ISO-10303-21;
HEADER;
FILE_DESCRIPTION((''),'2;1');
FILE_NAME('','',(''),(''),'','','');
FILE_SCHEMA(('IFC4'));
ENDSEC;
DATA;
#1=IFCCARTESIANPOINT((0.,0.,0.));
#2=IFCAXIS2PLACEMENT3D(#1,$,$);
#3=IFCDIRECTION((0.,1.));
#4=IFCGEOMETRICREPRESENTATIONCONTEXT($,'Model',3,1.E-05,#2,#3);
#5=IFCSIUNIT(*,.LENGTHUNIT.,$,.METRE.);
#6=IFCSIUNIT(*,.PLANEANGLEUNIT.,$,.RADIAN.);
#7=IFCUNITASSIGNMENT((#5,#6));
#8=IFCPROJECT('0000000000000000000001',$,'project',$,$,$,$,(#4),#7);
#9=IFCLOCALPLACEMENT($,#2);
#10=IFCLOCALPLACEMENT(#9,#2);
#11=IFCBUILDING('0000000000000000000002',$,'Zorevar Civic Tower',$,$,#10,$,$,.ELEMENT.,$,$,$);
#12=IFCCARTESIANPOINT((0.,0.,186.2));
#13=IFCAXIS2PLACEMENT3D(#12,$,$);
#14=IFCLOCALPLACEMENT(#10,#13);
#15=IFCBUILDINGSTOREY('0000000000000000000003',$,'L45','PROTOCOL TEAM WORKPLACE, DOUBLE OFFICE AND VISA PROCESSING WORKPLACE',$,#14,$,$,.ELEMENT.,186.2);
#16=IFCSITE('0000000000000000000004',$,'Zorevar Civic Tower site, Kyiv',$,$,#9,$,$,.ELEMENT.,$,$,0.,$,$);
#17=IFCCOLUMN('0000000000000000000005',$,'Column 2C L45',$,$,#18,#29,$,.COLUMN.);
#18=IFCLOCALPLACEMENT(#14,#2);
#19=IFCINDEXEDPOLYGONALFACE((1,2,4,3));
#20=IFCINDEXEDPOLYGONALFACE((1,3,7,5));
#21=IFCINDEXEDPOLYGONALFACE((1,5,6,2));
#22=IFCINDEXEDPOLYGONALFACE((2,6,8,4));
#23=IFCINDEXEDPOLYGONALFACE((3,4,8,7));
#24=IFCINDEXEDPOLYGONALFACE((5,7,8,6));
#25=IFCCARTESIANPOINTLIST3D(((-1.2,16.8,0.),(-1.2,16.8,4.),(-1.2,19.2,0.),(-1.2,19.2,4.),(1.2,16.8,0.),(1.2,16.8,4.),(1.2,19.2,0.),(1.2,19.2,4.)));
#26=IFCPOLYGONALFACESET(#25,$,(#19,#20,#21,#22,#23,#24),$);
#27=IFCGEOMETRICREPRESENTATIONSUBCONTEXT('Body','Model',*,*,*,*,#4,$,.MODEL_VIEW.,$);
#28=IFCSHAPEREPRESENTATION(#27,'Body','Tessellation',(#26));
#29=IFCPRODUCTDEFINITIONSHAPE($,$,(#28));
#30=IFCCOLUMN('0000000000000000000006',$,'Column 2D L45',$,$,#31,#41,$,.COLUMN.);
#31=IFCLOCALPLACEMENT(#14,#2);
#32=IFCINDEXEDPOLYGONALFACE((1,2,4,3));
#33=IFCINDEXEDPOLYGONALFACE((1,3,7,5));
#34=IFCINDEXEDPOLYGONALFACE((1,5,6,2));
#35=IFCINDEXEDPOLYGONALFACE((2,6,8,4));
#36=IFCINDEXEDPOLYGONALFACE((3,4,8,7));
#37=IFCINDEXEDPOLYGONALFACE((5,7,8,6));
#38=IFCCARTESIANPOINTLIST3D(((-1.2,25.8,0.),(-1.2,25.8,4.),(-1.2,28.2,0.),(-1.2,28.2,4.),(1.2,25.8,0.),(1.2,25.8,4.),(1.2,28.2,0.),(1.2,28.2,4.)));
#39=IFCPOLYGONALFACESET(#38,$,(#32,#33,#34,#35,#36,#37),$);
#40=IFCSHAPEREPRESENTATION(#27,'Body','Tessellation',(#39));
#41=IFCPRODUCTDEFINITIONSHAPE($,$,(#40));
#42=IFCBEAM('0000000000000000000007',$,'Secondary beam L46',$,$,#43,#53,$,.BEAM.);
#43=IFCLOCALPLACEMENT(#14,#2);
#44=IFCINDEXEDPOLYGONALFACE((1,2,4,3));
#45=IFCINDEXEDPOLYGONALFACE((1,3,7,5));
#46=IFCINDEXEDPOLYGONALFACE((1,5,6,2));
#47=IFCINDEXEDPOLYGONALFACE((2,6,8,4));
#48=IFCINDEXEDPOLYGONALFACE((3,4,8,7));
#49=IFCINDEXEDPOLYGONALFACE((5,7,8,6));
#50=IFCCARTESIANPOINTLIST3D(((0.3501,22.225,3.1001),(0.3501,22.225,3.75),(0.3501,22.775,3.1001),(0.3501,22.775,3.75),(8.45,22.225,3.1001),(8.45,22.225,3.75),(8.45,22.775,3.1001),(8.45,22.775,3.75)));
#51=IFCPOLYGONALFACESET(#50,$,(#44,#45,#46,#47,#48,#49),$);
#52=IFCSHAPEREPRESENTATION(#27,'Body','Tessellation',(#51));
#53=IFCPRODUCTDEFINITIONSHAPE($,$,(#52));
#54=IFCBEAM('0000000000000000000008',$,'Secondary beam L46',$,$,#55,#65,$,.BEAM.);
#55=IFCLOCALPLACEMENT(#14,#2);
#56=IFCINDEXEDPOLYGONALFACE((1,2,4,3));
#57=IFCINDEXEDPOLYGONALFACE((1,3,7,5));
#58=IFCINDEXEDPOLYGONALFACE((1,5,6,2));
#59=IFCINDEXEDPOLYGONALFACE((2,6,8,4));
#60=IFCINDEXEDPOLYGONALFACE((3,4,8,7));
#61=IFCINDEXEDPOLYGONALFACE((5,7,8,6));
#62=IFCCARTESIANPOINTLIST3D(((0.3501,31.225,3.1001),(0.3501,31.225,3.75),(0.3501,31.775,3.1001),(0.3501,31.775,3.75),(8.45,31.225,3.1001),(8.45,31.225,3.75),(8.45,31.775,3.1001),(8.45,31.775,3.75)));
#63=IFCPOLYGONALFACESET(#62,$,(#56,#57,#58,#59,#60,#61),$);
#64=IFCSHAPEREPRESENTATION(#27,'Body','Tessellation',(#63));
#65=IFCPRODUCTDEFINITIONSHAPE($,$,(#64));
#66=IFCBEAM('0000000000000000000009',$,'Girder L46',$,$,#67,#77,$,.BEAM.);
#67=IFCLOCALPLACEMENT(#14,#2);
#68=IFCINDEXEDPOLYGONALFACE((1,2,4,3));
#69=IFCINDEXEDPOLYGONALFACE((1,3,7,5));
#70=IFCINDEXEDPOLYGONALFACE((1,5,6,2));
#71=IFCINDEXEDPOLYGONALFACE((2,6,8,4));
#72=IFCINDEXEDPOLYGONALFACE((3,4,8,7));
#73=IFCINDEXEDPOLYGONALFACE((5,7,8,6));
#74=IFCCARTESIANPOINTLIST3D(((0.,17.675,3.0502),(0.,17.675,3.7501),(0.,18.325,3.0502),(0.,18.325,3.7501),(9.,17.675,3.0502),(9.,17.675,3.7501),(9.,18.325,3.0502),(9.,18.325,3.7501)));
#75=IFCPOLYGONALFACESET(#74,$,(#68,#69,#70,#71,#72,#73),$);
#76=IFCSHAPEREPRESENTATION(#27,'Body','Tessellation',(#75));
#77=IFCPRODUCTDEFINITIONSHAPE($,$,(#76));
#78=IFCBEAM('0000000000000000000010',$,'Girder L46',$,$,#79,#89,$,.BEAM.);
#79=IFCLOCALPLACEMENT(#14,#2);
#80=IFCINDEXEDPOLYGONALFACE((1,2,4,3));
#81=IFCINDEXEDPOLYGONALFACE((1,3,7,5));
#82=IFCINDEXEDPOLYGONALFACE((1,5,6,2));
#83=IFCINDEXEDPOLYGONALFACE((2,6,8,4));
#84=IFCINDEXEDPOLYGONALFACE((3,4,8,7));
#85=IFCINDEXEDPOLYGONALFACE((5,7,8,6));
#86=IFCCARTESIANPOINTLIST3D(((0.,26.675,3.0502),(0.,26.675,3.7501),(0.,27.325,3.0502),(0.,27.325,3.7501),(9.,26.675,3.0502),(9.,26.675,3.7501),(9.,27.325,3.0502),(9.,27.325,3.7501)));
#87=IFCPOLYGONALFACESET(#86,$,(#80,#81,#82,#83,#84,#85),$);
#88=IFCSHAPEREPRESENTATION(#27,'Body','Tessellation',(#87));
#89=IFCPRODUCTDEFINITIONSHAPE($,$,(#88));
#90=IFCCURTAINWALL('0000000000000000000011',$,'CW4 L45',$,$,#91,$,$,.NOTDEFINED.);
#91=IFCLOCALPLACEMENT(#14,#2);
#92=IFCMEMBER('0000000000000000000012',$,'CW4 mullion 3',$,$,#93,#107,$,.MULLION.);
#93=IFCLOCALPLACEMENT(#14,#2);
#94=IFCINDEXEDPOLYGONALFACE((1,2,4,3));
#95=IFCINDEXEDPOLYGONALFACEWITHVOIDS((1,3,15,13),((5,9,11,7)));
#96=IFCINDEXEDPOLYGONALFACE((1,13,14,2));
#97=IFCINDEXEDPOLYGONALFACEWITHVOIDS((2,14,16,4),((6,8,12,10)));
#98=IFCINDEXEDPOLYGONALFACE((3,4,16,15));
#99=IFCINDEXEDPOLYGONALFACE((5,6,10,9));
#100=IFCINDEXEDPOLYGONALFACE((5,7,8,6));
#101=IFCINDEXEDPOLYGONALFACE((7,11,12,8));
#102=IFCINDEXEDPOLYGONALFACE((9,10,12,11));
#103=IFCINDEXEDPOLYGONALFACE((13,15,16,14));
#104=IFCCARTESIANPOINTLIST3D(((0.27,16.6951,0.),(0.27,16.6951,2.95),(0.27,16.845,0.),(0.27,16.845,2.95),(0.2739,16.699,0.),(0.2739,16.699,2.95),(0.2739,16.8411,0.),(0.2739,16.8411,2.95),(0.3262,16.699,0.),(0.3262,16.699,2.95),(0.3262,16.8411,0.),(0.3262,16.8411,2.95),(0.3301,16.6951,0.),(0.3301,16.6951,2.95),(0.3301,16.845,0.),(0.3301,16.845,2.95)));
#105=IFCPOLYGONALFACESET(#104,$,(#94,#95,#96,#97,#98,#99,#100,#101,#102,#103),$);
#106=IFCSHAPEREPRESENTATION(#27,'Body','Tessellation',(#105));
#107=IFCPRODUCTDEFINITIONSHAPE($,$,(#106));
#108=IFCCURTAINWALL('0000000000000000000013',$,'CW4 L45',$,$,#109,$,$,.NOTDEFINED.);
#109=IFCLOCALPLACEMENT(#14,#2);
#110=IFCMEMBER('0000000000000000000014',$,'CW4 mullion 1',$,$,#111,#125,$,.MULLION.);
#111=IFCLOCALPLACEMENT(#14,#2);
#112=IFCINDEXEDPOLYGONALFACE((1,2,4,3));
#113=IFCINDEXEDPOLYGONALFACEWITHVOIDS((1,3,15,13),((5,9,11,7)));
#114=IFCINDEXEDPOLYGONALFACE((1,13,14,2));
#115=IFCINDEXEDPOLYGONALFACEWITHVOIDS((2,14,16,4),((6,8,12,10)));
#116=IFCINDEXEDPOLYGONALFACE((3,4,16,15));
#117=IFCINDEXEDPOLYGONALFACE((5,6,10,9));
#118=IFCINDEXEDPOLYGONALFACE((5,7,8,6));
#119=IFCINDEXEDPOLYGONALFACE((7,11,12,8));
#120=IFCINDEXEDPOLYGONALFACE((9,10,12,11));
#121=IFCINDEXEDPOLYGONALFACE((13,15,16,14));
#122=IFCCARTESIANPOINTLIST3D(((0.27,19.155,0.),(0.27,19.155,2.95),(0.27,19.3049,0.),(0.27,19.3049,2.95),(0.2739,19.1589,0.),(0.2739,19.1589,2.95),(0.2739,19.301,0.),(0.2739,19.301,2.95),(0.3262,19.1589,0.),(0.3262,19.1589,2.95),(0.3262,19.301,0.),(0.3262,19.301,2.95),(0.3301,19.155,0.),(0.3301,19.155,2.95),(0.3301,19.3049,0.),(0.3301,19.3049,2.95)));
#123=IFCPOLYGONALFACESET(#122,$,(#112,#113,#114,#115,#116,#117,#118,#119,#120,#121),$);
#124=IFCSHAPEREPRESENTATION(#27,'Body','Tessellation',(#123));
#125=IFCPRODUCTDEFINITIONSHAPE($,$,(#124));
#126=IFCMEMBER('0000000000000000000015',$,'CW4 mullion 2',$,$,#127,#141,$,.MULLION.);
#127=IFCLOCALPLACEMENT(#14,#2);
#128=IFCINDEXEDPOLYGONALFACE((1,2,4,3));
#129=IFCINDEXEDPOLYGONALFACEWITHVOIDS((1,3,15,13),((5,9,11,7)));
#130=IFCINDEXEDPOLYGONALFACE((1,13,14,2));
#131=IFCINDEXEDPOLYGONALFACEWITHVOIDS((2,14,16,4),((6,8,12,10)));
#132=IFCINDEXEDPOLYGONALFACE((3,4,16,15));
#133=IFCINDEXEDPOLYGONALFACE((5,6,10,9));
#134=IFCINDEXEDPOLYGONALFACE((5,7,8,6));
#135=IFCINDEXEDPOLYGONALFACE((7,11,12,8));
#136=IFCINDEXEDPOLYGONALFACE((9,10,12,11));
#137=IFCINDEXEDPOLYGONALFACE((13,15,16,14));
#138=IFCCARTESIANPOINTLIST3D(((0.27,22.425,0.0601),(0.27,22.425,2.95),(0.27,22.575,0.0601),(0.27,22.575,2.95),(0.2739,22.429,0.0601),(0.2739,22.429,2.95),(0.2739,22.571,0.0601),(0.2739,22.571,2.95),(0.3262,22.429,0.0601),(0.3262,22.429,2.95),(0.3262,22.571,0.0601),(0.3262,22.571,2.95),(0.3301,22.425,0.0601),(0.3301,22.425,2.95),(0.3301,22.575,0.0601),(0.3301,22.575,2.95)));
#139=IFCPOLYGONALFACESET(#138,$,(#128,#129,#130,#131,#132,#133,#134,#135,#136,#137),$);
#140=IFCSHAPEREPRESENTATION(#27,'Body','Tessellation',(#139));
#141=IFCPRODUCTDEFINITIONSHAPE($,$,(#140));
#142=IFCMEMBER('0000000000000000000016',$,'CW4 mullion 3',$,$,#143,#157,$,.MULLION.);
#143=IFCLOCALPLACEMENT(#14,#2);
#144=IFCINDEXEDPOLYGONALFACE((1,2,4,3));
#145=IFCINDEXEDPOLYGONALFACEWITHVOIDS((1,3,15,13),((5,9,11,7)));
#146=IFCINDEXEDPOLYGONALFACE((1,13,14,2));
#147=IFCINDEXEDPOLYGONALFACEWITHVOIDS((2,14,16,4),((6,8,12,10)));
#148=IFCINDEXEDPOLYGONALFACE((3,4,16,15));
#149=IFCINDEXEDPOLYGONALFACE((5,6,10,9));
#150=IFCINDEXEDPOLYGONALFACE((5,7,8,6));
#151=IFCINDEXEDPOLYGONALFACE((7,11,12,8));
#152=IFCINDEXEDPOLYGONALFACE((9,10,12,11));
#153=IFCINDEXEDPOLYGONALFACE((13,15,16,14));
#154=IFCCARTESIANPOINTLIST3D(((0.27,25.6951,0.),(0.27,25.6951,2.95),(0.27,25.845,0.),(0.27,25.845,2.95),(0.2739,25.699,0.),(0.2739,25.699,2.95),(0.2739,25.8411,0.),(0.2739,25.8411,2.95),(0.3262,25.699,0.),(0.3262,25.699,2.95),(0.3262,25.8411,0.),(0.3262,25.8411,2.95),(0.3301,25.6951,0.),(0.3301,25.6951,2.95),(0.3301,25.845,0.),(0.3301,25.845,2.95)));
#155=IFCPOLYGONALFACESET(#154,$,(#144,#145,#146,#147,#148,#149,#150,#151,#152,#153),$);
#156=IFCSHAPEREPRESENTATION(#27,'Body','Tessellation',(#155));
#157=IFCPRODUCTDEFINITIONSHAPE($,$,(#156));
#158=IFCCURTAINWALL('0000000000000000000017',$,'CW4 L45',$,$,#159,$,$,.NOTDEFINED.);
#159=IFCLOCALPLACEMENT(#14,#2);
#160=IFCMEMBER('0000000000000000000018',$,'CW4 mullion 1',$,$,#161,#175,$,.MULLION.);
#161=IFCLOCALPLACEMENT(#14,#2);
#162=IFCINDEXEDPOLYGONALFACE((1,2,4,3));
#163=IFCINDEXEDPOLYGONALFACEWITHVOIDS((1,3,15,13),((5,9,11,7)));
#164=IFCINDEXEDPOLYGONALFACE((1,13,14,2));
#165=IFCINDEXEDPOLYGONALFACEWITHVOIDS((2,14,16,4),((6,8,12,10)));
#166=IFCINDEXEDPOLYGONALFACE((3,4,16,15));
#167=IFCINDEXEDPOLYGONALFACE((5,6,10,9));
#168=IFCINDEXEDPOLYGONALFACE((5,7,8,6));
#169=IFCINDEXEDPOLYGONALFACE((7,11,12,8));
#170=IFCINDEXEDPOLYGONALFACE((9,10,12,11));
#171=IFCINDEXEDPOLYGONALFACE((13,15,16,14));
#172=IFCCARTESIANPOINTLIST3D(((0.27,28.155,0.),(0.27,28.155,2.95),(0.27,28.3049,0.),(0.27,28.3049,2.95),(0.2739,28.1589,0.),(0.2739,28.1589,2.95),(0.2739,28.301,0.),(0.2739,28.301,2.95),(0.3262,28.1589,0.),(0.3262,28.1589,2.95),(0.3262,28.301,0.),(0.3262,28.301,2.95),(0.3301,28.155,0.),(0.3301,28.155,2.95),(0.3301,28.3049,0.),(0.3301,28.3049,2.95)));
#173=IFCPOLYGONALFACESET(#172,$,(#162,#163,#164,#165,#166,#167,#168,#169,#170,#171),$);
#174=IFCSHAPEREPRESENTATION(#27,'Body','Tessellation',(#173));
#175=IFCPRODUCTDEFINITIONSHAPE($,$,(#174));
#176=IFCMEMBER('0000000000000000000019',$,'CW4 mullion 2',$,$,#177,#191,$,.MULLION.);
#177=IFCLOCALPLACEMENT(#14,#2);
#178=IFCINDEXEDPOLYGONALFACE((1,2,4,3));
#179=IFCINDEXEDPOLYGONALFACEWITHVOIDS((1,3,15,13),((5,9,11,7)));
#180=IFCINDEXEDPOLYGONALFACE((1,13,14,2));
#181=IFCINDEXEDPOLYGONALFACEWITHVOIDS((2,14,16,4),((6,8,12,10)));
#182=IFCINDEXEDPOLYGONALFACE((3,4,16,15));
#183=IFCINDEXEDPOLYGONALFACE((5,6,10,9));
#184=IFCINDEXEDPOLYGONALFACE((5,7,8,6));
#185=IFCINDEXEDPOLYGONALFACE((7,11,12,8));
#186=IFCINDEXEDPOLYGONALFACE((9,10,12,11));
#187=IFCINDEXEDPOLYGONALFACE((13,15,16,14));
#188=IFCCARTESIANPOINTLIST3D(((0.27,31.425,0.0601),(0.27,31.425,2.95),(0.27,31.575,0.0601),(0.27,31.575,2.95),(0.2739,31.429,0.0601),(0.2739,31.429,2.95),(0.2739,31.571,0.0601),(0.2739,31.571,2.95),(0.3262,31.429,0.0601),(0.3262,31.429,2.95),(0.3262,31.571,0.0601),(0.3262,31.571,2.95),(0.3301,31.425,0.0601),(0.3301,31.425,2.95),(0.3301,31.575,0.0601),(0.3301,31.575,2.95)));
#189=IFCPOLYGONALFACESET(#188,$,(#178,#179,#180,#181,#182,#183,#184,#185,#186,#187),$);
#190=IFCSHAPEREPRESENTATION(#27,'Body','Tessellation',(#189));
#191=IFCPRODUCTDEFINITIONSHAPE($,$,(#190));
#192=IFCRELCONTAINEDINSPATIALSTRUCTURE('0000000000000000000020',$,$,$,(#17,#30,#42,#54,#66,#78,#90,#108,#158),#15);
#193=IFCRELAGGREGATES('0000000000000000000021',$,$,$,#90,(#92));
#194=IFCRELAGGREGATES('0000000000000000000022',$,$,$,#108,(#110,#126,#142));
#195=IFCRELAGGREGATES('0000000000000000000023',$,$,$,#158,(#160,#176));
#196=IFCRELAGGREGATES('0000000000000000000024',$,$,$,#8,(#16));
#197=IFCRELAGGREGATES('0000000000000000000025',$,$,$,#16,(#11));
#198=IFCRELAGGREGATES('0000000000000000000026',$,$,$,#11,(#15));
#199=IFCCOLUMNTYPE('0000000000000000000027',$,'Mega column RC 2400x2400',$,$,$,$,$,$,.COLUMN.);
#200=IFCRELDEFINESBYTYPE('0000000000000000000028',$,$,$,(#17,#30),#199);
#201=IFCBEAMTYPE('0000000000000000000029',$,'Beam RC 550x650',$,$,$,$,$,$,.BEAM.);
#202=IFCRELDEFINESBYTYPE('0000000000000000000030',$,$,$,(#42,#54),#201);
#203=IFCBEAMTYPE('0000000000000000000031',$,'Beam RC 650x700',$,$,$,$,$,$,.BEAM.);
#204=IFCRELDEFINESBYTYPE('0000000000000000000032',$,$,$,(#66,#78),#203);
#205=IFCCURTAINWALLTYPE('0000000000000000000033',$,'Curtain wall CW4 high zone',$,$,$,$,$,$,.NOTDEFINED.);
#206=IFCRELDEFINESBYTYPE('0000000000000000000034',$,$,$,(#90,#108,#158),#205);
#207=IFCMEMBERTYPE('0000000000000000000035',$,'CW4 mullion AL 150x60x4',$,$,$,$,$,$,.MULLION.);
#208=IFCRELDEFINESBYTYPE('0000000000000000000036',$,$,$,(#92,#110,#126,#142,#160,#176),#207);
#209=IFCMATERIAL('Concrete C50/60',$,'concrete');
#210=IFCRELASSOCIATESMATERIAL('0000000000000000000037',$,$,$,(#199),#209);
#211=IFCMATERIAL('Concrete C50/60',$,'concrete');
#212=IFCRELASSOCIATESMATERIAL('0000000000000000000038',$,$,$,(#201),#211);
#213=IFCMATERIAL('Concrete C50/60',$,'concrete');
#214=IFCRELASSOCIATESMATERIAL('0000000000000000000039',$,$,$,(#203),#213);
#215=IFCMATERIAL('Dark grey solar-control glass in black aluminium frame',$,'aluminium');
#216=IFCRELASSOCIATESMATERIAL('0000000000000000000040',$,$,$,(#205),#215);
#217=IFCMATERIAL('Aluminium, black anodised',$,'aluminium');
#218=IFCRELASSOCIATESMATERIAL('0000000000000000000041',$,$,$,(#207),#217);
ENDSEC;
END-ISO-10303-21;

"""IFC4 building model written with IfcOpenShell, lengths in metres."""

from ifc_helpers import new_model, si_unit, direction, frame, origin, origin_2d, place, context, subcontext, project, spatial, rectangle, hollow_rectangle, extrude, material, material_profile, profile_set, type_object, element, aggregate, save


model = new_model("IFC4")

# Units and contexts
model_context = context("Model", 3, precision=1e-05, world=origin(), true_north=direction((0.0, 1.0)))
body_context = subcontext(model_context, "Body", "Model", "MODEL_VIEW")
ifc_project = project(units=[si_unit("LENGTHUNIT", "METRE"), si_unit("PLANEANGLEUNIT", "RADIAN")], contexts=[model_context])

# Site, building, storey
site_placement = place(None, origin())
site = spatial("IfcSite", under=ifc_project, at=site_placement, Name="Zorevar Civic Tower site, Kyiv", CompositionType="ELEMENT", RefElevation=0.0)
building_placement = place(site_placement, origin())
building = spatial("IfcBuilding", under=site, at=building_placement, Name="Zorevar Civic Tower", CompositionType="ELEMENT")
storey_placement = place(building_placement, frame((0.0, 0.0, 186.2)))
storey = spatial("IfcBuildingStorey", under=building, at=storey_placement, Name="L45", Description="PROTOCOL TEAM WORKPLACE, DOUBLE OFFICE AND VISA PROCESSING WORKPLACE", CompositionType="ELEMENT", Elevation=186.2)

# Columns
ifc_material_1 = material(Name="Concrete C50/60", Category="concrete")
ifc_material_profile_1 = material_profile(ifc_material_1, rectangle(XDim=2.3999, YDim=2.3999, at=origin_2d()), Name="RC 2400x2400")
ifc_profile_set_1 = profile_set([ifc_material_profile_1], Name="Concrete C50/60")
column_type = type_object("IfcColumnType", Name="Mega column RC 2400x2400", PredefinedType="COLUMN", material=ifc_profile_set_1)
for number, where, z_axis, x_axis, name in (
    (1, (0.0, 18.0, 0.0), (0.0, 0.0, 1.0), (1.0, 0.0, 0.0), "Column 2C L45"),
    (2, (0.0, 27.0, 0.0), (0.0, 0.0, 1.0), (1.0, 0.0, 0.0), "Column 2D L45"),
):
    element("IfcColumn", number, at=place(storey_placement, frame(where, z_axis=z_axis, x_axis=x_axis)), inside=storey, type_object=column_type, Name=name, PredefinedType="COLUMN", context=body_context, shape_type="SweptSolid", body=[
        extrude(rectangle(XDim=2.3999, YDim=2.3999, at=origin_2d()), origin(), (0.0, 0.0, 1.0), 4.0),
    ])

# Beams
ifc_material_2 = material(Name="Concrete C50/60", Category="concrete")
ifc_material_profile_2 = material_profile(ifc_material_2, rectangle(XDim=0.55, YDim=0.6499, at=origin_2d()), Name="RC 550x650")
ifc_profile_set_2 = profile_set([ifc_material_profile_2], Name="Concrete C50/60")
beam_type_1 = type_object("IfcBeamType", Name="Beam RC 550x650", PredefinedType="BEAM", material=ifc_profile_set_2)
for number, where, z_axis, x_axis, name in (
    (3, (0.3501, 22.5, 3.425), (1.0, 0.0, 0.0), (0.0, 1.0, 0.0), "Secondary beam L46"),
    (4, (0.3501, 31.5, 3.425), (1.0, 0.0, 0.0), (0.0, 1.0, 0.0), "Secondary beam L46"),
):
    element("IfcBeam", number, at=place(storey_placement, frame(where, z_axis=z_axis, x_axis=x_axis)), inside=storey, type_object=beam_type_1, Name=name, PredefinedType="BEAM", context=body_context, shape_type="SweptSolid", body=[
        extrude(rectangle(XDim=0.55, YDim=0.6499, at=origin_2d()), origin(), (0.0, 0.0, 1.0), 8.0999),
    ])
ifc_material_3 = material(Name="Concrete C50/60", Category="concrete")
ifc_material_profile_3 = material_profile(ifc_material_3, rectangle(XDim=0.6499, YDim=0.7, at=origin_2d()), Name="RC 650x700")
ifc_profile_set_3 = profile_set([ifc_material_profile_3], Name="Concrete C50/60")
beam_type_2 = type_object("IfcBeamType", Name="Beam RC 650x700", PredefinedType="BEAM", material=ifc_profile_set_3)
for number, where, z_axis, x_axis, name in (
    (5, (0.0, 18.0, 3.4001), (1.0, 0.0, 0.0), (0.0, 1.0, 0.0), "Girder L46"),
    (6, (0.0, 27.0, 3.4001), (1.0, 0.0, 0.0), (0.0, 1.0, 0.0), "Girder L46"),
):
    element("IfcBeam", number, at=place(storey_placement, frame(where, z_axis=z_axis, x_axis=x_axis)), inside=storey, type_object=beam_type_2, Name=name, PredefinedType="BEAM", context=body_context, shape_type="SweptSolid", body=[
        extrude(rectangle(XDim=0.6499, YDim=0.7, at=origin_2d()), origin(), (0.0, 0.0, 1.0), 9.0),
    ])

# Curtain wall, member
ifc_material_4 = material(Name="Dark grey solar-control glass in black aluminium frame", Category="aluminium")
curtain_wall_type = type_object("IfcCurtainWallType", Name="Curtain wall CW4 high zone", PredefinedType="NOTDEFINED", material=ifc_material_4)
curtain_wall_1_placement = place(storey_placement, origin())
curtain_wall_1 = element("IfcCurtainWall", 7, at=curtain_wall_1_placement, inside=storey, type_object=curtain_wall_type, Name="CW4 L45", PredefinedType="NOTDEFINED")
ifc_material_5 = material(Name="Aluminium, black anodised", Category="aluminium")
ifc_material_profile_4 = material_profile(ifc_material_5, hollow_rectangle(XDim=0.0601, YDim=0.1499, WallThickness=0.0039, at=origin_2d()), Name="AL 150x60x4")
ifc_profile_set_4 = profile_set([ifc_material_profile_4], Name="Aluminium, black anodised")
member_type_1 = type_object("IfcMemberType", Name="CW4 mullion AL 150x60x4", PredefinedType="MULLION", material=ifc_profile_set_4)
member_1_placement = place(storey_placement, frame((0.3, 16.77, 0.0), z_axis=(0.0, 0.0, 1.0), x_axis=(-1.0, 0.0, 0.0)))
member_1 = element("IfcMember", 8, at=member_1_placement, type_object=member_type_1, Name="CW4 mullion 3", PredefinedType="MULLION", context=body_context, shape_type="SweptSolid", body=[
    extrude(hollow_rectangle(XDim=0.0601, YDim=0.1499, WallThickness=0.0039, at=origin_2d()), origin(), (0.0, 0.0, 1.0), 2.95),
])
aggregate(curtain_wall_1, [member_1])

# Curtain walls, members
curtain_wall_2_placement = place(storey_placement, origin())
curtain_wall_2 = element("IfcCurtainWall", 9, at=curtain_wall_2_placement, inside=storey, type_object=curtain_wall_type, Name="CW4 L45", PredefinedType="NOTDEFINED")
member_2_placement = place(storey_placement, frame((0.3, 19.23, 0.0), z_axis=(0.0, 0.0, 1.0), x_axis=(-1.0, 0.0, 0.0)))
member_2 = element("IfcMember", 10, at=member_2_placement, type_object=member_type_1, Name="CW4 mullion 1", PredefinedType="MULLION", context=body_context, shape_type="SweptSolid", body=[
    extrude(hollow_rectangle(XDim=0.0601, YDim=0.1499, WallThickness=0.0039, at=origin_2d()), origin(), (0.0, 0.0, 1.0), 2.95),
])
member_3_placement = place(storey_placement, frame((0.3, 22.5, 0.0601), z_axis=(0.0, 0.0, 1.0), x_axis=(-1.0, 0.0, 0.0)))
member_3 = element("IfcMember", 11, at=member_3_placement, type_object=member_type_1, Name="CW4 mullion 2", PredefinedType="MULLION", context=body_context, shape_type="SweptSolid", body=[
    extrude(hollow_rectangle(XDim=0.0601, YDim=0.1499, WallThickness=0.0039, at=origin_2d()), origin(), (0.0, 0.0, 1.0), 2.8899),
])
member_4_placement = place(storey_placement, frame((0.3, 25.77, 0.0), z_axis=(0.0, 0.0, 1.0), x_axis=(-1.0, 0.0, 0.0)))
member_4 = element("IfcMember", 12, at=member_4_placement, type_object=member_type_1, Name="CW4 mullion 3", PredefinedType="MULLION", context=body_context, shape_type="SweptSolid", body=[
    extrude(hollow_rectangle(XDim=0.0601, YDim=0.1499, WallThickness=0.0039, at=origin_2d()), origin(), (0.0, 0.0, 1.0), 2.95),
])
curtain_wall_3_placement = place(storey_placement, origin())
curtain_wall_3 = element("IfcCurtainWall", 13, at=curtain_wall_3_placement, inside=storey, type_object=curtain_wall_type, Name="CW4 L45", PredefinedType="NOTDEFINED")
member_5_placement = place(storey_placement, frame((0.3, 28.23, 0.0), z_axis=(0.0, 0.0, 1.0), x_axis=(-1.0, 0.0, 0.0)))
member_5 = element("IfcMember", 14, at=member_5_placement, type_object=member_type_1, Name="CW4 mullion 1", PredefinedType="MULLION", context=body_context, shape_type="SweptSolid", body=[
    extrude(hollow_rectangle(XDim=0.0601, YDim=0.1499, WallThickness=0.0039, at=origin_2d()), origin(), (0.0, 0.0, 1.0), 2.95),
])
member_6_placement = place(storey_placement, frame((0.3, 31.5, 0.0601), z_axis=(0.0, 0.0, 1.0), x_axis=(-1.0, 0.0, 0.0)))
member_6 = element("IfcMember", 15, at=member_6_placement, type_object=member_type_1, Name="CW4 mullion 2", PredefinedType="MULLION", context=body_context, shape_type="SweptSolid", body=[
    extrude(hollow_rectangle(XDim=0.0601, YDim=0.1499, WallThickness=0.0039, at=origin_2d()), origin(), (0.0, 0.0, 1.0), 2.8899),
])

aggregate(curtain_wall_2, [member_2, member_3, member_4])
aggregate(curtain_wall_3, [member_5, member_6])

save(model, "model.ifc")
